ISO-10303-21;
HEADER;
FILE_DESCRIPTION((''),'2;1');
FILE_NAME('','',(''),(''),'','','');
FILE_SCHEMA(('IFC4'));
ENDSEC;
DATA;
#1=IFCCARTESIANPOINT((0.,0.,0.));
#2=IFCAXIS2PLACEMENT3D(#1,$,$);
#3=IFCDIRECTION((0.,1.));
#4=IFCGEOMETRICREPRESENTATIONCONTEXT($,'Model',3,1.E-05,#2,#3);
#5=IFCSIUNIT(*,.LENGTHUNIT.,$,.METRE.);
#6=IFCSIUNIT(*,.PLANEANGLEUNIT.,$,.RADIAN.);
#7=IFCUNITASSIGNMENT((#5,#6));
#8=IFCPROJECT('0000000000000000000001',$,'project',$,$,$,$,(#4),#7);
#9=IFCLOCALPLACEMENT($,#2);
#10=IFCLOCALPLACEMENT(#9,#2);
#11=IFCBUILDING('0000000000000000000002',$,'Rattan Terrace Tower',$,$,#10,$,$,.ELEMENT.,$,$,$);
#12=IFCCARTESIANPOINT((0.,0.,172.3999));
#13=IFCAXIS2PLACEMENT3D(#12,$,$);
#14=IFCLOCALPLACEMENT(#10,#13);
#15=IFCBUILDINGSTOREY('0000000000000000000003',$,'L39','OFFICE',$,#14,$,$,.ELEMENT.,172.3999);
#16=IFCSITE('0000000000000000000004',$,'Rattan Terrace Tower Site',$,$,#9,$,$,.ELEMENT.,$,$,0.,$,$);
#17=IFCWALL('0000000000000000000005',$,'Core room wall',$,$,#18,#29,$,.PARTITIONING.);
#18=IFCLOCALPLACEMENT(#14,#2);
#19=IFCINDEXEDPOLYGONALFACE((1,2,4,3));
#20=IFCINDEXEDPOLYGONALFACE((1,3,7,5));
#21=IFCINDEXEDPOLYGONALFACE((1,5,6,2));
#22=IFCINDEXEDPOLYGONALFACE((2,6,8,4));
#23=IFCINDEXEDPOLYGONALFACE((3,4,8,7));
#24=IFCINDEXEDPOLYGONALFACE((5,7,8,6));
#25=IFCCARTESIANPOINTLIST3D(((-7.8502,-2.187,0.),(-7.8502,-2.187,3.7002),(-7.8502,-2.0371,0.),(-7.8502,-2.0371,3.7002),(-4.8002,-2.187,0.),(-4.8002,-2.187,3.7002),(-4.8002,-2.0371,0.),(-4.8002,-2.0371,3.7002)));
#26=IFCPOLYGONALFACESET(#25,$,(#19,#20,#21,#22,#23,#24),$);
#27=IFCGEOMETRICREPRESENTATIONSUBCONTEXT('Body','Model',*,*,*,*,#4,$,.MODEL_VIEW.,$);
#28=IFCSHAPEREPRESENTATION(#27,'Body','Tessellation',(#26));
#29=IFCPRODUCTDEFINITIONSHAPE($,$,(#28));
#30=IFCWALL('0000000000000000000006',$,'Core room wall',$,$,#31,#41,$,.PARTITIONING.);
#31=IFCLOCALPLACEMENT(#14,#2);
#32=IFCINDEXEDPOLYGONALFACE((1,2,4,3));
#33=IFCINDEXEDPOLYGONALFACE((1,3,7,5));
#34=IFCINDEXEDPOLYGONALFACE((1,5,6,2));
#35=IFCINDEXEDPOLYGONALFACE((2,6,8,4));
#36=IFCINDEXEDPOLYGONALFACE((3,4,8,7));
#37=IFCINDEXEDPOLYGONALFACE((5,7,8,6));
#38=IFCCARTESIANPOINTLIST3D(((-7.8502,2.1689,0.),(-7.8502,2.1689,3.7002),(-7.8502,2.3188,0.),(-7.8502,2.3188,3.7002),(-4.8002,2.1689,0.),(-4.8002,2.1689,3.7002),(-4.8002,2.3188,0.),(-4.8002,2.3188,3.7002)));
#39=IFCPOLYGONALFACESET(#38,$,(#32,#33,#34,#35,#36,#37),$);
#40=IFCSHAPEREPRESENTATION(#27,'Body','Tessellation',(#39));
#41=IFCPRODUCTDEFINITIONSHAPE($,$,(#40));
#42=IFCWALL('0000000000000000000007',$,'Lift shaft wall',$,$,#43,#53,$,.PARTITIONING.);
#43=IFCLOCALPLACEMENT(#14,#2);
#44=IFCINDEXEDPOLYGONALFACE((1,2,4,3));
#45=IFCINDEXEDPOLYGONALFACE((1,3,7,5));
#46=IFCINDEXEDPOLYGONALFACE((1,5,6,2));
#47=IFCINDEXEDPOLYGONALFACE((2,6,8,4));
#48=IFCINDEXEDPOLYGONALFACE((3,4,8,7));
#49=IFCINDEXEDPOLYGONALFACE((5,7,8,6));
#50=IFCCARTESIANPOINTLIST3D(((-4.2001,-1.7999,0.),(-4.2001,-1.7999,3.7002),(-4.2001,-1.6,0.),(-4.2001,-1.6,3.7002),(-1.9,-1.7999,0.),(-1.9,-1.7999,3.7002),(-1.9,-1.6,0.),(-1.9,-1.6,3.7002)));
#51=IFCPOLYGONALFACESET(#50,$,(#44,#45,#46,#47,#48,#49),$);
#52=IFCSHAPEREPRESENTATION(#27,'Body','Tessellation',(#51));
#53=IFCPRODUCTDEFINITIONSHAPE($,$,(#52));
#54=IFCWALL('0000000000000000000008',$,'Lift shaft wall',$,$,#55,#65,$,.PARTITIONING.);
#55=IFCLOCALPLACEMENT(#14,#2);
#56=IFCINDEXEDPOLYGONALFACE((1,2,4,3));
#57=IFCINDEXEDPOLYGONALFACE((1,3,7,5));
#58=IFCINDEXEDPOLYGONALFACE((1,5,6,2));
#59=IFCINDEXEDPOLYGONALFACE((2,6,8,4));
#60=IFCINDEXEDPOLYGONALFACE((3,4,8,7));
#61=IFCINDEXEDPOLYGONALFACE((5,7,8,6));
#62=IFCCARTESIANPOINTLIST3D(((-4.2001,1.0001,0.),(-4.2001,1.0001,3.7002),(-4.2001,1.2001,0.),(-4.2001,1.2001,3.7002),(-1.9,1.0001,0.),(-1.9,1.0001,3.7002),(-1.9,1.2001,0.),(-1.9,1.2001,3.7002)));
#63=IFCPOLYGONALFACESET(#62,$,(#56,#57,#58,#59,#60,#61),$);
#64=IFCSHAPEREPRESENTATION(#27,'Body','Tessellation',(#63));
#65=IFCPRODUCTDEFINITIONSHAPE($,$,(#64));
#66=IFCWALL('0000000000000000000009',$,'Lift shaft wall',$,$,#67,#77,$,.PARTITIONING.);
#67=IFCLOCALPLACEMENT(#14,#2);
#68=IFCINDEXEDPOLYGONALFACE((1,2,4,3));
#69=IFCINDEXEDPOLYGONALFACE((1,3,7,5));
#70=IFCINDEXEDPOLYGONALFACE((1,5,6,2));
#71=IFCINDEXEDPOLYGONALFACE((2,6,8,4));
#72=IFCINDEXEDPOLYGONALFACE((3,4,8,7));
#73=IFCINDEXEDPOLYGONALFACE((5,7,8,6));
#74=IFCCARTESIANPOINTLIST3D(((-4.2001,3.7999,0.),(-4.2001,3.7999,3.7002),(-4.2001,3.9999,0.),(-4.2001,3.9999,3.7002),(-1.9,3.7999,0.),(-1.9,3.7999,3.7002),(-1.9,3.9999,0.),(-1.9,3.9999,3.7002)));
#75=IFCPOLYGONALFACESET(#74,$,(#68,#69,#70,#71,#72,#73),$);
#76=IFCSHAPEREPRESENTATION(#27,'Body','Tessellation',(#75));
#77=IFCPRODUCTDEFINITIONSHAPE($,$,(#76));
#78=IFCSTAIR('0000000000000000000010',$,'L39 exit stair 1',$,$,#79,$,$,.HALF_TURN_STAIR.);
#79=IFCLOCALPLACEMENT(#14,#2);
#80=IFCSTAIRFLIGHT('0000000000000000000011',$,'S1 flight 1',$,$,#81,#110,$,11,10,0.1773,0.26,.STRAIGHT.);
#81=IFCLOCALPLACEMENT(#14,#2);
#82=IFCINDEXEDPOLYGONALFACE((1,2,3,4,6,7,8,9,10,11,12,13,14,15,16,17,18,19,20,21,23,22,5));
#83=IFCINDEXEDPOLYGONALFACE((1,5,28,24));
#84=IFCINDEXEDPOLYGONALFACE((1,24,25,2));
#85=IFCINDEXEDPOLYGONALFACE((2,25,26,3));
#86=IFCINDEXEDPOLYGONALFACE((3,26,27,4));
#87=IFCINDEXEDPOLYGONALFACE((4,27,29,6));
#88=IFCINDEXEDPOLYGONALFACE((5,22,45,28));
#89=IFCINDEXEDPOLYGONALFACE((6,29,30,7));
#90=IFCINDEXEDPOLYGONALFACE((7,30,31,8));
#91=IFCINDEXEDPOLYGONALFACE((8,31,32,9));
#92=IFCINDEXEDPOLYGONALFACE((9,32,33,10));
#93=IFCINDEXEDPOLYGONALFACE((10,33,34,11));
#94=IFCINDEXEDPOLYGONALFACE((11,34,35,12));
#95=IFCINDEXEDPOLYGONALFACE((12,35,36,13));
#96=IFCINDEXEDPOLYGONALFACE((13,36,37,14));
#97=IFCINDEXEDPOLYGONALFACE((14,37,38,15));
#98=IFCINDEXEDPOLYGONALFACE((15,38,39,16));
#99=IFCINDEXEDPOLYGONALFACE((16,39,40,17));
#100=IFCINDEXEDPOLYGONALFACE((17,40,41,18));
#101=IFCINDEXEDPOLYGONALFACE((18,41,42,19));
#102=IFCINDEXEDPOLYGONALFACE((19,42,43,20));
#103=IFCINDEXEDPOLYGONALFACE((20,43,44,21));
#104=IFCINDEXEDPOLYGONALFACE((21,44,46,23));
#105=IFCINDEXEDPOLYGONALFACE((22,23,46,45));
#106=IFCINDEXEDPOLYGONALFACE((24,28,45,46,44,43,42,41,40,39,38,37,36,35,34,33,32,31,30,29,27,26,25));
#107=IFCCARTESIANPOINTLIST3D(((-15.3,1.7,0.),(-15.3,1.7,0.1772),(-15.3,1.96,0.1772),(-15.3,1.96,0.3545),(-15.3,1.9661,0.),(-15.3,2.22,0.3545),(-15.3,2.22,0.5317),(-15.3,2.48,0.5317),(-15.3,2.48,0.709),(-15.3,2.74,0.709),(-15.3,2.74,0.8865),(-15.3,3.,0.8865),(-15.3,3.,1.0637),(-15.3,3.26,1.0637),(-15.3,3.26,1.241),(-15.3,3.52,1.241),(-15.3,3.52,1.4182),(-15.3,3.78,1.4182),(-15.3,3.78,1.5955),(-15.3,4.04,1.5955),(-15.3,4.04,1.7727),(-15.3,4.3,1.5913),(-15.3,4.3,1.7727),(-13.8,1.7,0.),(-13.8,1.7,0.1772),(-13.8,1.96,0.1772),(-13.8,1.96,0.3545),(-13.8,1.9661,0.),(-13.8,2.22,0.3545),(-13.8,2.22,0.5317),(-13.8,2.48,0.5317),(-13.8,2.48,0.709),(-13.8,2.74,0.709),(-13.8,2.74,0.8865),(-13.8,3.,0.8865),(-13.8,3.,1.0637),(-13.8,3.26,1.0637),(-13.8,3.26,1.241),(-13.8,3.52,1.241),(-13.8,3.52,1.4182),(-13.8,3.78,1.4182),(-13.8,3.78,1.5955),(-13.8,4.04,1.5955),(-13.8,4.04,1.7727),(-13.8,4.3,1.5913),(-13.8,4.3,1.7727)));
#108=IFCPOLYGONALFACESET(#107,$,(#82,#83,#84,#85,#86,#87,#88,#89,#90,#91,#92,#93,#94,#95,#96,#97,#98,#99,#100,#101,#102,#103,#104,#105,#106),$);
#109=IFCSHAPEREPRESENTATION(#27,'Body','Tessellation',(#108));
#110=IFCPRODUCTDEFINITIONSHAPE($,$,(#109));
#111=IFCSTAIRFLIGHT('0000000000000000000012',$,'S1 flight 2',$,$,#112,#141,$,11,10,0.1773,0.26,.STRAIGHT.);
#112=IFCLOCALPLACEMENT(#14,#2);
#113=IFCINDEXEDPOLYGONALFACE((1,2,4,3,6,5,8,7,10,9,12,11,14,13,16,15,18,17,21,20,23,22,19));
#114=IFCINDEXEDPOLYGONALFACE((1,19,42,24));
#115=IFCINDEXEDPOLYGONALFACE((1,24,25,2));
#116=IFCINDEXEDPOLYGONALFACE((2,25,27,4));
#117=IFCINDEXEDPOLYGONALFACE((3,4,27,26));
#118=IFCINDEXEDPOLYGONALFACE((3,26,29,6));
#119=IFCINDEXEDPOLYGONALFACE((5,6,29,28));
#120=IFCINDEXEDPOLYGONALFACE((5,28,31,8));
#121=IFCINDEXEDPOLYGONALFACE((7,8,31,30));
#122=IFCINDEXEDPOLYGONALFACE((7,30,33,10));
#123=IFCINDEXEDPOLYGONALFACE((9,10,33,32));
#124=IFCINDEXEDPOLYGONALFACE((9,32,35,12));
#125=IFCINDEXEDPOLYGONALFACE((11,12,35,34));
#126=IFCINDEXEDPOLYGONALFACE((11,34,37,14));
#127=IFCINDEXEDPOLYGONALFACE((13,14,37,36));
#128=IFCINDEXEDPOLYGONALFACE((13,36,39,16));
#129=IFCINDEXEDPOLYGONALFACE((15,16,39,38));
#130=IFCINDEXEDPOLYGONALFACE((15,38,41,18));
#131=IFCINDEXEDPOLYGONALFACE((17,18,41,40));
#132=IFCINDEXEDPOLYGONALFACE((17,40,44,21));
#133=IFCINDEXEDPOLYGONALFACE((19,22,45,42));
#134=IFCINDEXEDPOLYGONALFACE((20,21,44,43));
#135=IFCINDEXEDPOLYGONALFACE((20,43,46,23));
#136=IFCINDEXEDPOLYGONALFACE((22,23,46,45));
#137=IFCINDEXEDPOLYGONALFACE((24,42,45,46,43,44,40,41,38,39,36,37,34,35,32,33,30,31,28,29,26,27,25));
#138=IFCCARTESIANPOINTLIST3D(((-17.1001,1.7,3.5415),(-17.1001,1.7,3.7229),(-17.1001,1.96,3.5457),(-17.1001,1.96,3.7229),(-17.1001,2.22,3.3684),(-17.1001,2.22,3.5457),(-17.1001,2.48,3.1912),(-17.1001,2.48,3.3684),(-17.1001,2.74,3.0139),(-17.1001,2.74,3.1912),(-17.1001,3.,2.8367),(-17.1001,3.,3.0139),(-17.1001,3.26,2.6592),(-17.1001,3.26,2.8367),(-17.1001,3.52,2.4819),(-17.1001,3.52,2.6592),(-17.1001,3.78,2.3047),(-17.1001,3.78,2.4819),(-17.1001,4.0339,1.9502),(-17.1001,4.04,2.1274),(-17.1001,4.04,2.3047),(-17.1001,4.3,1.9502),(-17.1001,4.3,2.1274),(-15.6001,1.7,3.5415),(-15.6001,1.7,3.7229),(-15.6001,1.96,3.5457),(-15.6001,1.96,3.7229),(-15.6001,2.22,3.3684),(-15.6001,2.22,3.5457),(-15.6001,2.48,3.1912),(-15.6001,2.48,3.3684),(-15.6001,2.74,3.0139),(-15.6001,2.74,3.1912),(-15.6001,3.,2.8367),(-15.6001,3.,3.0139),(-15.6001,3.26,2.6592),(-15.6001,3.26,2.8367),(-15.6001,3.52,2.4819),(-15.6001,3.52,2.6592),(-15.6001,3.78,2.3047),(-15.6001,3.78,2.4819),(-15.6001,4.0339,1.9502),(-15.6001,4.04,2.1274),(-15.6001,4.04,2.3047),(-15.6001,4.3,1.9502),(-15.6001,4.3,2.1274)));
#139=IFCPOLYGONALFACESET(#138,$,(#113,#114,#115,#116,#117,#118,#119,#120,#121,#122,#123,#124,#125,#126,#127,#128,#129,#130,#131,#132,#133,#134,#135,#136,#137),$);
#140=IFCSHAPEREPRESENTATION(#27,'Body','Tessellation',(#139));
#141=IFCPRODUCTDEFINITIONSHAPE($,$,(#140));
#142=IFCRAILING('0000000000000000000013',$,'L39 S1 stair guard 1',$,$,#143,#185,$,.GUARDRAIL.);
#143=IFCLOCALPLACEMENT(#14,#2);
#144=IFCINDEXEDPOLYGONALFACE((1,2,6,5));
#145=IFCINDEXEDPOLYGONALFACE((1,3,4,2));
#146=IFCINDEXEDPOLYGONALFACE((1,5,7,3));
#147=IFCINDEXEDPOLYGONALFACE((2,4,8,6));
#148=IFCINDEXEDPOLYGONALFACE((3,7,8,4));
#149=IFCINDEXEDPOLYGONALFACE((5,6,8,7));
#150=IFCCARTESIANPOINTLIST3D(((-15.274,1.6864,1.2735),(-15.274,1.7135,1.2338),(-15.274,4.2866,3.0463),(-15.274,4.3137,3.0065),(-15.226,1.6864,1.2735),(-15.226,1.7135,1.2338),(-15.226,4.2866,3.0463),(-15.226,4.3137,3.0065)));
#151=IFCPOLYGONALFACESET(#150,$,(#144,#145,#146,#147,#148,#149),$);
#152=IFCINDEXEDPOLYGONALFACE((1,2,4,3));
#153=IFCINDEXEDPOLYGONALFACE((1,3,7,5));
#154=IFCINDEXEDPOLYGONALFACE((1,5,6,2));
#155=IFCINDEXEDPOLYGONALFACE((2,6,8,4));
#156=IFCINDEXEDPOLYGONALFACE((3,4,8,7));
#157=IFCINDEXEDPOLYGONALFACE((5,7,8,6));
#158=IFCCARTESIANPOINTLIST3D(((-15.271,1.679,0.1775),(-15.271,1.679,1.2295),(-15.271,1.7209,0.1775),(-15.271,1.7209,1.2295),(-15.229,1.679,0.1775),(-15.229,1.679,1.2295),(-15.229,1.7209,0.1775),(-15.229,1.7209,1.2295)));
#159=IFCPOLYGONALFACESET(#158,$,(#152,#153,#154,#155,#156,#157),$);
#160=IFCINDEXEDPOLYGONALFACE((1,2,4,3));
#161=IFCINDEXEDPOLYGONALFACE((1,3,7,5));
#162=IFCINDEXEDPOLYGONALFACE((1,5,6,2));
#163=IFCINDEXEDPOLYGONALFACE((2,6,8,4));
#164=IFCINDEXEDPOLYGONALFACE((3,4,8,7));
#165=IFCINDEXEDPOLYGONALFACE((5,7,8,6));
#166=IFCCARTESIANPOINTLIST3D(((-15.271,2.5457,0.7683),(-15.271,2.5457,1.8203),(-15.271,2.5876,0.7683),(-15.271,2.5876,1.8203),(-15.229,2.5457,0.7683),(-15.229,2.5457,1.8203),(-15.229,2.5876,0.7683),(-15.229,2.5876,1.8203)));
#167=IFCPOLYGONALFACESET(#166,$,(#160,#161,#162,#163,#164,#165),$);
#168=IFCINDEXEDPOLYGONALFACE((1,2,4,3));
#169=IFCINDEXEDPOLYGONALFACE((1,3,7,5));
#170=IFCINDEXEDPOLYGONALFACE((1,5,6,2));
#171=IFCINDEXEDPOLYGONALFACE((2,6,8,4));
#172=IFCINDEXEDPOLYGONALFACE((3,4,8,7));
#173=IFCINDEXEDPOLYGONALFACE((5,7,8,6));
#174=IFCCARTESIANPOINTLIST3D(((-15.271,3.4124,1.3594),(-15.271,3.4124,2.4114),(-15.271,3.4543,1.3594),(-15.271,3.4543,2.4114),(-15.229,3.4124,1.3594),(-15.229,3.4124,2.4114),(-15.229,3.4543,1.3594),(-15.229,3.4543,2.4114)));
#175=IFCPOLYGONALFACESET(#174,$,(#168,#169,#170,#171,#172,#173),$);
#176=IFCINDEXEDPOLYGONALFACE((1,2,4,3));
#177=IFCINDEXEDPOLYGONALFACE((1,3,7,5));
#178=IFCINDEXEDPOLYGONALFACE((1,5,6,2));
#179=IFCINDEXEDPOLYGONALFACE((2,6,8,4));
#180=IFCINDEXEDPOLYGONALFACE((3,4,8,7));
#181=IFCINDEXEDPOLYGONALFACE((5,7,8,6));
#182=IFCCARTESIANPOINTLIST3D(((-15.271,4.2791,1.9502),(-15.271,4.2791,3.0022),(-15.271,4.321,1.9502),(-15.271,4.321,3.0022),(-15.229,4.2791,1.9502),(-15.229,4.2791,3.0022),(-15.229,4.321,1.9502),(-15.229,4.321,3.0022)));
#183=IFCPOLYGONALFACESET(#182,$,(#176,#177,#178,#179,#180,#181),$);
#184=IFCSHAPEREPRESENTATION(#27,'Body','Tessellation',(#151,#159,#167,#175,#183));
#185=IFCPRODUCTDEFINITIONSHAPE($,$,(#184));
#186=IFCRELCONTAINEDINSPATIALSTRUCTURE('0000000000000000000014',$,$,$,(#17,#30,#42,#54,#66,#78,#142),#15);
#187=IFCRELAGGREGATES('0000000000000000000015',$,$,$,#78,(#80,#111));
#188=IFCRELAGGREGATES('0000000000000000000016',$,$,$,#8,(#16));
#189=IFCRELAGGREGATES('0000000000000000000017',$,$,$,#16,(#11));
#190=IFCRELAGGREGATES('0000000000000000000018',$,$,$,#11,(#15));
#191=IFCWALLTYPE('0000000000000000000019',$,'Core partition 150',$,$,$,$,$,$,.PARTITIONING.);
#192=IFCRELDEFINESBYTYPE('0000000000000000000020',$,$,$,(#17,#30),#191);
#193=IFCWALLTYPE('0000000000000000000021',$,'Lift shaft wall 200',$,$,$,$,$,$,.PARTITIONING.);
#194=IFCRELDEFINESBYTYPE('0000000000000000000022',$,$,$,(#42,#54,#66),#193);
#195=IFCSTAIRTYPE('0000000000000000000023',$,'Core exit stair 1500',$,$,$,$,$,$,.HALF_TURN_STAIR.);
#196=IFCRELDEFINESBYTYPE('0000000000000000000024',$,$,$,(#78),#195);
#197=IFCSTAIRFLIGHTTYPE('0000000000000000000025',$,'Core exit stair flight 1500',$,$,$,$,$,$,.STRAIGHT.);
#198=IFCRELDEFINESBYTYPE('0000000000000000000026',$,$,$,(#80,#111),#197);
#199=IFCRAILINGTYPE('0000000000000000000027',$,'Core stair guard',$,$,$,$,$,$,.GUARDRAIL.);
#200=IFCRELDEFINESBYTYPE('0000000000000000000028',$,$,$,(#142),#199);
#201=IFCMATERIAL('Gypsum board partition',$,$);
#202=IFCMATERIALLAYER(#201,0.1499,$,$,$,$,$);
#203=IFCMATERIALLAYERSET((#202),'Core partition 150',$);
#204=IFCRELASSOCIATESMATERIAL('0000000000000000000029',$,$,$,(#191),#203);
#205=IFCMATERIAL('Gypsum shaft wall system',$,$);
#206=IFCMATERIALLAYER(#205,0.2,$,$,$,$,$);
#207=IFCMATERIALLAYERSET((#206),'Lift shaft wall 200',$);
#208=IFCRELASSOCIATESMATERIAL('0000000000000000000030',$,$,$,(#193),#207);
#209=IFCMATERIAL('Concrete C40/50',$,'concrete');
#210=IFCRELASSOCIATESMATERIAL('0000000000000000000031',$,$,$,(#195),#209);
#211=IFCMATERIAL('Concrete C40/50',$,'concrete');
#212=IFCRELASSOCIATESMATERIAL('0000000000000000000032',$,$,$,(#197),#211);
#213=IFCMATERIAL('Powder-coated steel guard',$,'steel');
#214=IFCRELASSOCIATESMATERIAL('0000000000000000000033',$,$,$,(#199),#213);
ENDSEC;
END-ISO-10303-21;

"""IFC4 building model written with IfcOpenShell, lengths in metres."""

from ifc_helpers import new_model, si_unit, direction, frame, frame_2d, origin, origin_2d, place, context, subcontext, project, spatial, polyline, rectangle, outline, extrude, material, layer, layer_set, type_object, element, aggregate, save


model = new_model("IFC4")

# Units and contexts
model_context = context("Model", 3, precision=1e-05, world=origin(), true_north=direction((0.0, 1.0)))
body_context = subcontext(model_context, "Body", "Model", "MODEL_VIEW")
ifc_project = project(units=[si_unit("LENGTHUNIT", "METRE"), si_unit("PLANEANGLEUNIT", "RADIAN")], contexts=[model_context])

# Site, building, storey
site_placement = place(None, origin())
site = spatial("IfcSite", under=ifc_project, at=site_placement, Name="Rattan Terrace Tower Site", CompositionType="ELEMENT", RefElevation=0.0)
building_placement = place(site_placement, origin())
building = spatial("IfcBuilding", under=site, at=building_placement, Name="Rattan Terrace Tower", CompositionType="ELEMENT")
storey_placement = place(building_placement, frame((0.0, 0.0, 172.3999)))
storey = spatial("IfcBuildingStorey", under=building, at=storey_placement, Name="L39", Description="OFFICE", CompositionType="ELEMENT", Elevation=172.3999)

# Walls
ifc_material_1 = material(Name="Gypsum board partition")
ifc_layer_1 = layer(ifc_material_1, 0.1499)
ifc_layer_set_1 = layer_set([ifc_layer_1], Name="Core partition 150")
wall_type_1 = type_object("IfcWallType", Name="Core partition 150", PredefinedType="PARTITIONING", material=ifc_layer_set_1)
for number, where, z_axis, x_axis, name in (
    (1, (-7.8501, -2.1121, 0.0), (0.0, 0.0, 1.0), (1.0, 0.0, 0.0), "Core room wall"),
    (2, (-7.8501, 2.2439, 0.0), (0.0, 0.0, 1.0), (1.0, 0.0, 0.0), "Core room wall"),
):
    element("IfcWall", number, at=place(storey_placement, frame(where, z_axis=z_axis, x_axis=x_axis)), inside=storey, type_object=wall_type_1, Name=name, PredefinedType="PARTITIONING", context=body_context, shape_type="SweptSolid", body=[
        extrude(rectangle(XDim=3.05, YDim=0.1499, at=frame_2d((1.5249, 0.0))), origin(), (0.0, 0.0, 1.0), 3.7002),
    ])
ifc_material_2 = material(Name="Gypsum shaft wall system")
ifc_layer_2 = layer(ifc_material_2, 0.2)
ifc_layer_set_2 = layer_set([ifc_layer_2], Name="Lift shaft wall 200")
wall_type_2 = type_object("IfcWallType", Name="Lift shaft wall 200", PredefinedType="PARTITIONING", material=ifc_layer_set_2)
for number, where, z_axis, x_axis, name in (
    (3, (-4.2, -1.7, 0.0), (0.0, 0.0, 1.0), (1.0, 0.0, 0.0), "Lift shaft wall"),
    (4, (-4.2, 1.1001, 0.0), (0.0, 0.0, 1.0), (1.0, 0.0, 0.0), "Lift shaft wall"),
    (5, (-4.2, 3.8999, 0.0), (0.0, 0.0, 1.0), (1.0, 0.0, 0.0), "Lift shaft wall"),
):
    element("IfcWall", number, at=place(storey_placement, frame(where, z_axis=z_axis, x_axis=x_axis)), inside=storey, type_object=wall_type_2, Name=name, PredefinedType="PARTITIONING", context=body_context, shape_type="SweptSolid", body=[
        extrude(rectangle(XDim=2.3, YDim=0.2, at=frame_2d((1.1499, 0.0))), origin(), (0.0, 0.0, 1.0), 3.7002),
    ])

# Stair, stair flights
ifc_material_3 = material(Name="Concrete C40/50", Category="concrete")
stair_type = type_object("IfcStairType", Name="Core exit stair 1500", PredefinedType="HALF_TURN_STAIR", material=ifc_material_3)
stair_placement = place(storey_placement, origin())
stair = element("IfcStair", 6, at=stair_placement, inside=storey, type_object=stair_type, Name="L39 exit stair 1", PredefinedType="HALF_TURN_STAIR")
ifc_material_4 = material(Name="Concrete C40/50", Category="concrete")
stair_flight_type = type_object("IfcStairFlightType", Name="Core exit stair flight 1500", PredefinedType="STRAIGHT", material=ifc_material_4)
stair_flight_1_placement = place(storey_placement, frame((-14.55, 1.7, 0.0), z_axis=(0.0, 0.0, 1.0), x_axis=(0.0, 1.0, 0.0)))
stair_flight_1 = element("IfcStairFlight", 7, at=stair_flight_1_placement, type_object=stair_flight_type, Name="S1 flight 1", NumberOfRisers=11, NumberOfTreads=10, PredefinedType="STRAIGHT", RiserHeight=0.1773, TreadLength=0.26, context=body_context, shape_type="SweptSolid", body=[
    extrude(outline(polyline([(0.0, 0.0), (0.0, 0.1772), (0.26, 0.1772), (0.26, 0.3545), (0.52, 0.3545), (0.52, 0.5317), (0.78, 0.5317), (0.78, 0.709), (1.04, 0.709), (1.04, 0.8865), (1.3, 0.8865), (1.3, 1.0637), (1.5601, 1.0637), (1.5601, 1.241), (1.8201, 1.241), (1.8201, 1.4182), (2.0801, 1.4182), (2.0801, 1.5955), (2.3401, 1.5955), (2.3401, 1.7727), (2.6001, 1.7727), (2.6001, 1.95), (2.6001, 1.5913), (0.2661, 0.0), (0.0, 0.0)])), frame((0.0, 0.75, 0.0), z_axis=(0.0, -1.0, 0.0), x_axis=(1.0, 0.0, 0.0)), (0.0, 0.0, 1.0), 1.5),
])
stair_flight_2_placement = place(storey_placement, frame((-16.3501, 4.3, 1.9502), z_axis=(0.0, 0.0, 1.0), x_axis=(0.0, -1.0, 0.0)))
stair_flight_2 = element("IfcStairFlight", 8, at=stair_flight_2_placement, type_object=stair_flight_type, Name="S1 flight 2", NumberOfRisers=11, NumberOfTreads=10, PredefinedType="STRAIGHT", RiserHeight=0.1773, TreadLength=0.26, context=body_context, shape_type="SweptSolid", body=[
    extrude(outline(polyline([(0.0, 0.0), (0.0, 0.1772), (0.26, 0.1772), (0.26, 0.3545), (0.52, 0.3545), (0.52, 0.5317), (0.78, 0.5317), (0.78, 0.709), (1.04, 0.709), (1.04, 0.8865), (1.3, 0.8865), (1.3, 1.0637), (1.5601, 1.0637), (1.5601, 1.241), (1.8201, 1.241), (1.8201, 1.4182), (2.0801, 1.4182), (2.0801, 1.5955), (2.3401, 1.5955), (2.3401, 1.7727), (2.6001, 1.7727), (2.6001, 1.95), (2.6001, 1.5913), (0.2661, 0.0), (0.0, 0.0)])), frame((0.0, 0.75, 0.0), z_axis=(0.0, -1.0, 0.0), x_axis=(1.0, 0.0, 0.0)), (0.0, 0.0, 1.0), 1.5),
])
aggregate(stair, [stair_flight_1, stair_flight_2])

# Railing
ifc_material_5 = material(Name="Powder-coated steel guard", Category="steel")
railing_type_1 = type_object("IfcRailingType", Name="Core stair guard", PredefinedType="GUARDRAIL", material=ifc_material_5)
railing_1_placement = place(storey_placement, frame((-15.25, 1.7, 0.1775)))
element("IfcRailing", 9, at=railing_1_placement, inside=storey, type_object=railing_type_1, Name="L39 S1 stair guard 1", PredefinedType="GUARDRAIL", context=body_context, shape_type="SweptSolid", body=[
    extrude(rectangle(XDim=0.0481, YDim=0.0481, at=origin_2d()), frame((0.0, 0.0, 1.0762), z_axis=(0.0, 0.82624, 0.563318), x_axis=(-1.0, 0.0, 0.0)), (0.0, 0.0, 1.0), 3.147),
    extrude(rectangle(XDim=0.042, YDim=0.042, at=origin_2d()), origin(), (0.0, 0.0, 1.0), 1.052),
    extrude(rectangle(XDim=0.042, YDim=0.042, at=origin_2d()), frame((0.0, 0.8667, 0.5908)), (0.0, 0.0, 1.0), 1.052),
    extrude(rectangle(XDim=0.042, YDim=0.042, at=origin_2d()), frame((0.0, 1.7334, 1.1819)), (0.0, 0.0, 1.0), 1.052),
    extrude(rectangle(XDim=0.042, YDim=0.042, at=origin_2d()), frame((0.0, 2.6001, 1.7727)), (0.0, 0.0, 1.0), 1.052),
])

save(model, "model.ifc")
